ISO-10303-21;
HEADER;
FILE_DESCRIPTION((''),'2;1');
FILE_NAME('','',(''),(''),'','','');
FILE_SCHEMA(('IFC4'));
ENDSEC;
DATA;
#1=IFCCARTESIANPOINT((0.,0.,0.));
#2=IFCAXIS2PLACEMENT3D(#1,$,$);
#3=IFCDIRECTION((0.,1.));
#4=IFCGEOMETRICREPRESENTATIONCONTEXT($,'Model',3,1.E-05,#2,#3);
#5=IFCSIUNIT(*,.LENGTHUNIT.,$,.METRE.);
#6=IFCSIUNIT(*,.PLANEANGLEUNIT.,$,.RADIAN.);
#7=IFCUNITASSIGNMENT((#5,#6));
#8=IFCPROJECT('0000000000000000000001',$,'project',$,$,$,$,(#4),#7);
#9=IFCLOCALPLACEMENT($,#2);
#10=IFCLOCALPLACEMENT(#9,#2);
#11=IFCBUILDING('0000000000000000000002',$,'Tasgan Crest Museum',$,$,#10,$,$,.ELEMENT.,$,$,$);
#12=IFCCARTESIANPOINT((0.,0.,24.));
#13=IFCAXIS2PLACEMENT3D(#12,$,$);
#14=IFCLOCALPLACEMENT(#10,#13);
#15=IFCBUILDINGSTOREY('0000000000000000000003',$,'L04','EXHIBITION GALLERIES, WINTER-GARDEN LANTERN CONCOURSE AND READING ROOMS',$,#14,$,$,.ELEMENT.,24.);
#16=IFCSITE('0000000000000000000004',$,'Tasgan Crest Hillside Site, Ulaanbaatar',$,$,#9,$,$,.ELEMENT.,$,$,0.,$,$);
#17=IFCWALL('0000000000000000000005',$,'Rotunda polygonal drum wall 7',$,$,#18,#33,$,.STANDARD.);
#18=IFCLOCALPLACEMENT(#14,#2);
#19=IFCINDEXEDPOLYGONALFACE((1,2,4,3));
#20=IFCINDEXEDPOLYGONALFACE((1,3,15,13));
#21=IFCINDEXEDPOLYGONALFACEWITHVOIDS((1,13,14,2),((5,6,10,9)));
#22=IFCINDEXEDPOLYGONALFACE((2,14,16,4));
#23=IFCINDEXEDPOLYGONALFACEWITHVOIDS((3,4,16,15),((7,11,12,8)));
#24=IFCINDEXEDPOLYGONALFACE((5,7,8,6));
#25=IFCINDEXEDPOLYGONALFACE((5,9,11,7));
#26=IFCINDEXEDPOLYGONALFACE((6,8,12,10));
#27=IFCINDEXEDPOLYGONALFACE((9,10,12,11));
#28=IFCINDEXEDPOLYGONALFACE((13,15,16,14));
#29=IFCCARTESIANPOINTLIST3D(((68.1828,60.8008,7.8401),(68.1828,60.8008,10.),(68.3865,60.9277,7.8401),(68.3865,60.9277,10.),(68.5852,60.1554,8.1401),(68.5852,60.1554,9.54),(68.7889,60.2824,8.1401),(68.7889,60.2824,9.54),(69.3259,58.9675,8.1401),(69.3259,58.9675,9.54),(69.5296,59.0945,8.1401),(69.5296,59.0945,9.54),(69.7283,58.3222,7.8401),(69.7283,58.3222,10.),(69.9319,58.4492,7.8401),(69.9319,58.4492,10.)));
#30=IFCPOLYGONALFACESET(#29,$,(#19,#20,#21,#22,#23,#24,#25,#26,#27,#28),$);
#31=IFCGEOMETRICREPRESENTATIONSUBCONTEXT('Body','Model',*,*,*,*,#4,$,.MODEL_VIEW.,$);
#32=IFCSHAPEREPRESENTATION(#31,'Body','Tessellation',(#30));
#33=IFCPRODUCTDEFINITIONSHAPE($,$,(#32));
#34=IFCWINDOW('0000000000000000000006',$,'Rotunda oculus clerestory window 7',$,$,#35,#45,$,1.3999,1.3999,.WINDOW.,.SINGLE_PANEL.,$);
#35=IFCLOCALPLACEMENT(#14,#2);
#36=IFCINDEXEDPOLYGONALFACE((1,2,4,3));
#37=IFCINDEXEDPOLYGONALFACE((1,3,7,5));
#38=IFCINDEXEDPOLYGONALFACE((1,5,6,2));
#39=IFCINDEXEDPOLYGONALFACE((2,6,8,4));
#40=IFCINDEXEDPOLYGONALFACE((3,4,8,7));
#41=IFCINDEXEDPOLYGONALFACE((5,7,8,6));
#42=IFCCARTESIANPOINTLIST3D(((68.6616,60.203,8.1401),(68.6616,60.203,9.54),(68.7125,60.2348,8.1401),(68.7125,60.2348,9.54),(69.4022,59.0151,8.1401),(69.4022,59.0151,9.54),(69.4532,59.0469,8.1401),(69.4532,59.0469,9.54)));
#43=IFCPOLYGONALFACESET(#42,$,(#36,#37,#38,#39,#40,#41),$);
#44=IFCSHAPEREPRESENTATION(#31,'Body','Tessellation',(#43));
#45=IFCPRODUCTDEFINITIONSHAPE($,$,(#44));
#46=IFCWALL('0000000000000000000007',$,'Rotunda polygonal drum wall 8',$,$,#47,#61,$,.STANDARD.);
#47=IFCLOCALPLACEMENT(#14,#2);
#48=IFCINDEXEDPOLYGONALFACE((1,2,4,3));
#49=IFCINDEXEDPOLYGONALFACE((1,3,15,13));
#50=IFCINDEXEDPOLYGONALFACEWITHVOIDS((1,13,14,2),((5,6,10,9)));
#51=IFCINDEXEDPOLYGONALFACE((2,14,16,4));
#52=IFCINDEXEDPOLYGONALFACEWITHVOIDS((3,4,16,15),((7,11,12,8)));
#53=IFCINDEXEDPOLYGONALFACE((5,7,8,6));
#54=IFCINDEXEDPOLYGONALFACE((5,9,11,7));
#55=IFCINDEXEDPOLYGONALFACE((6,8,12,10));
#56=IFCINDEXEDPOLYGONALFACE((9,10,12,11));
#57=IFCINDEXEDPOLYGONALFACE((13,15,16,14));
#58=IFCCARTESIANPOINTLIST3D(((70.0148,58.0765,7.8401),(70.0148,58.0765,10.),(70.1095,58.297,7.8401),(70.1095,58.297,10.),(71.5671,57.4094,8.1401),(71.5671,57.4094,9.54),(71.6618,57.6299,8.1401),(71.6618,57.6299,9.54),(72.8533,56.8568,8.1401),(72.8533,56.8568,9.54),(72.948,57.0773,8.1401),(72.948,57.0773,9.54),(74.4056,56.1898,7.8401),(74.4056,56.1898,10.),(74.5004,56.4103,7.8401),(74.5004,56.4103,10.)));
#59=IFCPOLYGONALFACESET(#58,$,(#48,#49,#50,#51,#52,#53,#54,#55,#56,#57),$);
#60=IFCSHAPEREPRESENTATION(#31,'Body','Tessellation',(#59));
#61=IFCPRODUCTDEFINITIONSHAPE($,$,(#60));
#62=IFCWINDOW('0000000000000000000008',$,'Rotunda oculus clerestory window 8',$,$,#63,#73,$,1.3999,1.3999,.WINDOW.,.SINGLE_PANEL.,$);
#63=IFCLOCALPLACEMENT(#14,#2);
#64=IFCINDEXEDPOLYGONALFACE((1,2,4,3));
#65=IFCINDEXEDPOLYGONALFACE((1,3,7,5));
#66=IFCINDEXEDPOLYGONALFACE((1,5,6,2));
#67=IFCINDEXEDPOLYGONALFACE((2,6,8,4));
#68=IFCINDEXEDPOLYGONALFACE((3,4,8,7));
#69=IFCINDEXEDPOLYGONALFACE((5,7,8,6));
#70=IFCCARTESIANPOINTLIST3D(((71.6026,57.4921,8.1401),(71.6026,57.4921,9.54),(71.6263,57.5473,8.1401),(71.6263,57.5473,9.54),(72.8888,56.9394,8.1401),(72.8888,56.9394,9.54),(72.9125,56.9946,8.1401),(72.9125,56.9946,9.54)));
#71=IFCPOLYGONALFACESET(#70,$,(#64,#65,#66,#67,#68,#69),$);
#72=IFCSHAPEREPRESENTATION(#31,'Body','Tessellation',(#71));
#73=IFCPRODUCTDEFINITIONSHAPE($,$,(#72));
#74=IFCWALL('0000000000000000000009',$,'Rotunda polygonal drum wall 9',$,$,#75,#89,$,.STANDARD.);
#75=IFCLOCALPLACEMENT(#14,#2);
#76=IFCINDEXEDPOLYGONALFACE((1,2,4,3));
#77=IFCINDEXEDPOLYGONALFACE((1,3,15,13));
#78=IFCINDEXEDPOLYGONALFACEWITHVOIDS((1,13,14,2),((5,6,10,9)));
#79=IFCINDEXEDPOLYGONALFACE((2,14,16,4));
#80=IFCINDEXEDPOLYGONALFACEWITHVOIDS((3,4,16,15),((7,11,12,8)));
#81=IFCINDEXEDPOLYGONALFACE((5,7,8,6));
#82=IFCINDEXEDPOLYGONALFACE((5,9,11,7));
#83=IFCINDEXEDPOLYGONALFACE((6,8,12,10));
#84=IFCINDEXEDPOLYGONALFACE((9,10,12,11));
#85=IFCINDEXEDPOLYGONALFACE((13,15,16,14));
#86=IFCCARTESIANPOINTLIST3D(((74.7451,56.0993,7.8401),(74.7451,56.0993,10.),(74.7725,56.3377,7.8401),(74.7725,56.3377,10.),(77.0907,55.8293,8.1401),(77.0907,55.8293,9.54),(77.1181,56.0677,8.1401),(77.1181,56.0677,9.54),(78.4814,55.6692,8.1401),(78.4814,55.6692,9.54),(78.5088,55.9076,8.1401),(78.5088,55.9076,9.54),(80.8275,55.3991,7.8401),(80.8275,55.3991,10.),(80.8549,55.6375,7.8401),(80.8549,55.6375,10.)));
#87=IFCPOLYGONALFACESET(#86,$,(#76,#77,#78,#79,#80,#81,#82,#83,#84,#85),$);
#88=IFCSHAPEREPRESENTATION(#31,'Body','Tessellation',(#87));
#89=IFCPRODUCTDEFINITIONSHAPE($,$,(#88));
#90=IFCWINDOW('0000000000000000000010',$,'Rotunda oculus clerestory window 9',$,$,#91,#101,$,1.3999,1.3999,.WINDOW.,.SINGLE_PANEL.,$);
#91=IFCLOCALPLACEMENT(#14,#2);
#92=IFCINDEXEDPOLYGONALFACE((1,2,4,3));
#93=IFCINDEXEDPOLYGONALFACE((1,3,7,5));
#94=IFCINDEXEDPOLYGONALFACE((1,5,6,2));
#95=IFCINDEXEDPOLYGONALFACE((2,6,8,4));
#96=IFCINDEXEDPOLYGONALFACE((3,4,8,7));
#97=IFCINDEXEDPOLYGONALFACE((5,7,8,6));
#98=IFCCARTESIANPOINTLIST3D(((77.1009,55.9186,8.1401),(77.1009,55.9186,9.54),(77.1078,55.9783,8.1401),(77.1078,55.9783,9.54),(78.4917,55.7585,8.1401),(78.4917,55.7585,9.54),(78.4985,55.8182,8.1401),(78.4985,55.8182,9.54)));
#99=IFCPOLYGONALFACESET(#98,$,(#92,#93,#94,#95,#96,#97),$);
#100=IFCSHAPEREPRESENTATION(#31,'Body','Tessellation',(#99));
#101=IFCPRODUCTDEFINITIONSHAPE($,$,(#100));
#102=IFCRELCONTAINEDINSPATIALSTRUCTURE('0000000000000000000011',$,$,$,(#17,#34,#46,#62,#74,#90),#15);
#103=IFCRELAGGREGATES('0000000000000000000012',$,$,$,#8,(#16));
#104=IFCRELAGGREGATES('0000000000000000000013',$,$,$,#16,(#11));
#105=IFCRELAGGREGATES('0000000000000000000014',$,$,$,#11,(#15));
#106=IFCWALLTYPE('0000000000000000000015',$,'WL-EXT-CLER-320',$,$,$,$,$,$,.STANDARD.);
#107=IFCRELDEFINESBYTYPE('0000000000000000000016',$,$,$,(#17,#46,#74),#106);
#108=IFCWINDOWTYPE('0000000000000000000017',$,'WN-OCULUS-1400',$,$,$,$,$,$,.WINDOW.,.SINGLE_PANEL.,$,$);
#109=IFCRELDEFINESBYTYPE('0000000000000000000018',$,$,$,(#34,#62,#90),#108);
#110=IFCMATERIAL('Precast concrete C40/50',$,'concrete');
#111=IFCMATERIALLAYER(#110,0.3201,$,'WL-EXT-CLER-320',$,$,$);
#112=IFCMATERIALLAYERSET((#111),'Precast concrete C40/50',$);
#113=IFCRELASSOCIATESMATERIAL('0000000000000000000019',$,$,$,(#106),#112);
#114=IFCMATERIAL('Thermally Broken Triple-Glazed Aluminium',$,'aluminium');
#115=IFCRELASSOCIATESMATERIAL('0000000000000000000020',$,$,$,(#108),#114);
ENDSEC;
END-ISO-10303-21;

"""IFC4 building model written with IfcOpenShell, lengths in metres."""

from ifc_helpers import new_model, si_unit, direction, frame, frame_2d, origin, place, context, subcontext, project, spatial, rectangle, extrude, material, layer, layer_set, type_object, element, fill, save


model = new_model("IFC4")

# Units and contexts
model_context = context("Model", 3, precision=1e-05, world=origin(), true_north=direction((0.0, 1.0)))
body_context = subcontext(model_context, "Body", "Model", "MODEL_VIEW")
ifc_project = project(units=[si_unit("LENGTHUNIT", "METRE"), si_unit("PLANEANGLEUNIT", "RADIAN")], contexts=[model_context])

# Site, building, storey
site_placement = place(None, origin())
site = spatial("IfcSite", under=ifc_project, at=site_placement, Name="Tasgan Crest Hillside Site, Ulaanbaatar", CompositionType="ELEMENT", RefElevation=0.0)
building_placement = place(site_placement, origin())
building = spatial("IfcBuilding", under=site, at=building_placement, Name="Tasgan Crest Museum", CompositionType="ELEMENT")
storey_placement = place(building_placement, frame((0.0, 0.0, 24.0)))
storey = spatial("IfcBuildingStorey", under=building, at=storey_placement, Name="L04", Description="EXHIBITION GALLERIES, WINTER-GARDEN LANTERN CONCOURSE AND READING ROOMS", CompositionType="ELEMENT", Elevation=24.0)

# Walls, openings, windows
ifc_material_1 = material(Name="Precast concrete C40/50", Category="concrete")
ifc_layer_1 = layer(ifc_material_1, 0.3201, Name="WL-EXT-CLER-320")
ifc_layer_set_1 = layer_set([ifc_layer_1], Name="Precast concrete C40/50")
wall_type = type_object("IfcWallType", Name="WL-EXT-CLER-320", PredefinedType="STANDARD", material=ifc_layer_set_1)
wall_1_placement = place(storey_placement, frame((68.2847, 60.8643, 7.8401), z_axis=(0.0, 0.0, 1.0), x_axis=(0.529097, -0.848561, 0.0)))
wall_1 = element("IfcWall", 1, at=wall_1_placement, inside=storey, type_object=wall_type, Name="Rotunda polygonal drum wall 7", PredefinedType="STANDARD", context=body_context, shape_type="SweptSolid", body=[
    extrude(rectangle(XDim=2.9209, YDim=0.24, at=frame_2d((1.4604, 0.0))), origin(), (0.0, 0.0, 1.0), 2.1599),
])
opening_1_placement = place(wall_1_placement, frame((0.7605, 0.0, 0.3)))
opening_1 = element("IfcOpeningElement", 2, at=opening_1_placement, cuts=wall_1, PredefinedType="OPENING", context=body_context, shape_type="SweptSolid", body=[
    extrude(rectangle(XDim=1.3999, YDim=1.3999, at=frame_2d((0.7, 0.7))), frame((0.0, 0.1299, 0.0), z_axis=(0.0, -1.0, 0.0), x_axis=(1.0, 0.0, 0.0)), (0.0, 0.0, 1.0), 0.26),
])
ifc_material_2 = material(Name="Thermally Broken Triple-Glazed Aluminium", Category="aluminium")
window_type = type_object("IfcWindowType", Name="WN-OCULUS-1400", PartitioningType="SINGLE_PANEL", PredefinedType="WINDOW", material=ifc_material_2)
window_1_placement = place(opening_1_placement, origin())
window_1 = element("IfcWindow", 3, at=window_1_placement, inside=storey, type_object=window_type, Name="Rotunda oculus clerestory window 7", OverallHeight=1.3999, OverallWidth=1.3999, PartitioningType="SINGLE_PANEL", PredefinedType="WINDOW", context=body_context, shape_type="SweptSolid", body=[
    extrude(rectangle(XDim=1.3999, YDim=1.3999, at=frame_2d((0.7, 0.7))), frame((0.0, 0.03, 0.0), z_axis=(0.0, -1.0, 0.0), x_axis=(1.0, 0.0, 0.0)), (0.0, 0.0, 1.0), 0.0601),
])
fill(opening_1, window_1)
wall_2_placement = place(storey_placement, frame((70.062, 58.1868, 7.8401), z_axis=(0.0, 0.0, 1.0), x_axis=(0.918772, -0.394788, 0.0)))
wall_2 = element("IfcWall", 4, at=wall_2_placement, inside=storey, type_object=wall_type, Name="Rotunda polygonal drum wall 8", PredefinedType="STANDARD", context=body_context, shape_type="SweptSolid", body=[
    extrude(rectangle(XDim=4.7791, YDim=0.24, at=frame_2d((2.3896, 0.0))), origin(), (0.0, 0.0, 1.0), 2.1599),
])
opening_2_placement = place(wall_2_placement, frame((1.6897, 0.0, 0.3)))
opening_2 = element("IfcOpeningElement", 5, at=opening_2_placement, cuts=wall_2, PredefinedType="OPENING", context=body_context, shape_type="SweptSolid", body=[
    extrude(rectangle(XDim=1.3999, YDim=1.3999, at=frame_2d((0.7, 0.7))), frame((0.0, 0.1299, 0.0), z_axis=(0.0, -1.0, 0.0), x_axis=(1.0, 0.0, 0.0)), (0.0, 0.0, 1.0), 0.26),
])
window_2_placement = place(opening_2_placement, origin())
window_2 = element("IfcWindow", 6, at=window_2_placement, inside=storey, type_object=window_type, Name="Rotunda oculus clerestory window 8", OverallHeight=1.3999, OverallWidth=1.3999, PartitioningType="SINGLE_PANEL", PredefinedType="WINDOW", context=body_context, shape_type="SweptSolid", body=[
    extrude(rectangle(XDim=1.3999, YDim=1.3999, at=frame_2d((0.7, 0.7))), frame((0.0, 0.03, 0.0), z_axis=(0.0, -1.0, 0.0), x_axis=(1.0, 0.0, 0.0)), (0.0, 0.0, 1.0), 0.0601),
])
fill(opening_2, window_2)
wall_3_placement = place(storey_placement, frame((74.7588, 56.2185, 7.8401), z_axis=(0.0, 0.0, 1.0), x_axis=(0.993439, -0.114365, 0.0)))
wall_3 = element("IfcWall", 7, at=wall_3_placement, inside=storey, type_object=wall_type, Name="Rotunda polygonal drum wall 9", PredefinedType="STANDARD", context=body_context, shape_type="SweptSolid", body=[
    extrude(rectangle(XDim=6.1226, YDim=0.24, at=frame_2d((3.0613, 0.0))), origin(), (0.0, 0.0, 1.0), 2.1599),
])
opening_3_placement = place(wall_3_placement, frame((2.3611, 0.0, 0.3)))
opening_3 = element("IfcOpeningElement", 8, at=opening_3_placement, cuts=wall_3, PredefinedType="OPENING", context=body_context, shape_type="SweptSolid", body=[
    extrude(rectangle(XDim=1.3999, YDim=1.3999, at=frame_2d((0.7, 0.7))), frame((0.0, 0.1299, 0.0), z_axis=(0.0, -1.0, 0.0), x_axis=(1.0, 0.0, 0.0)), (0.0, 0.0, 1.0), 0.26),
])
window_3_placement = place(opening_3_placement, origin())
window_3 = element("IfcWindow", 9, at=window_3_placement, inside=storey, type_object=window_type, Name="Rotunda oculus clerestory window 9", OverallHeight=1.3999, OverallWidth=1.3999, PartitioningType="SINGLE_PANEL", PredefinedType="WINDOW", context=body_context, shape_type="SweptSolid", body=[
    extrude(rectangle(XDim=1.3999, YDim=1.3999, at=frame_2d((0.7, 0.7))), frame((0.0, 0.03, 0.0), z_axis=(0.0, -1.0, 0.0), x_axis=(1.0, 0.0, 0.0)), (0.0, 0.0, 1.0), 0.0601),
])
fill(opening_3, window_3)

save(model, "model.ifc")
